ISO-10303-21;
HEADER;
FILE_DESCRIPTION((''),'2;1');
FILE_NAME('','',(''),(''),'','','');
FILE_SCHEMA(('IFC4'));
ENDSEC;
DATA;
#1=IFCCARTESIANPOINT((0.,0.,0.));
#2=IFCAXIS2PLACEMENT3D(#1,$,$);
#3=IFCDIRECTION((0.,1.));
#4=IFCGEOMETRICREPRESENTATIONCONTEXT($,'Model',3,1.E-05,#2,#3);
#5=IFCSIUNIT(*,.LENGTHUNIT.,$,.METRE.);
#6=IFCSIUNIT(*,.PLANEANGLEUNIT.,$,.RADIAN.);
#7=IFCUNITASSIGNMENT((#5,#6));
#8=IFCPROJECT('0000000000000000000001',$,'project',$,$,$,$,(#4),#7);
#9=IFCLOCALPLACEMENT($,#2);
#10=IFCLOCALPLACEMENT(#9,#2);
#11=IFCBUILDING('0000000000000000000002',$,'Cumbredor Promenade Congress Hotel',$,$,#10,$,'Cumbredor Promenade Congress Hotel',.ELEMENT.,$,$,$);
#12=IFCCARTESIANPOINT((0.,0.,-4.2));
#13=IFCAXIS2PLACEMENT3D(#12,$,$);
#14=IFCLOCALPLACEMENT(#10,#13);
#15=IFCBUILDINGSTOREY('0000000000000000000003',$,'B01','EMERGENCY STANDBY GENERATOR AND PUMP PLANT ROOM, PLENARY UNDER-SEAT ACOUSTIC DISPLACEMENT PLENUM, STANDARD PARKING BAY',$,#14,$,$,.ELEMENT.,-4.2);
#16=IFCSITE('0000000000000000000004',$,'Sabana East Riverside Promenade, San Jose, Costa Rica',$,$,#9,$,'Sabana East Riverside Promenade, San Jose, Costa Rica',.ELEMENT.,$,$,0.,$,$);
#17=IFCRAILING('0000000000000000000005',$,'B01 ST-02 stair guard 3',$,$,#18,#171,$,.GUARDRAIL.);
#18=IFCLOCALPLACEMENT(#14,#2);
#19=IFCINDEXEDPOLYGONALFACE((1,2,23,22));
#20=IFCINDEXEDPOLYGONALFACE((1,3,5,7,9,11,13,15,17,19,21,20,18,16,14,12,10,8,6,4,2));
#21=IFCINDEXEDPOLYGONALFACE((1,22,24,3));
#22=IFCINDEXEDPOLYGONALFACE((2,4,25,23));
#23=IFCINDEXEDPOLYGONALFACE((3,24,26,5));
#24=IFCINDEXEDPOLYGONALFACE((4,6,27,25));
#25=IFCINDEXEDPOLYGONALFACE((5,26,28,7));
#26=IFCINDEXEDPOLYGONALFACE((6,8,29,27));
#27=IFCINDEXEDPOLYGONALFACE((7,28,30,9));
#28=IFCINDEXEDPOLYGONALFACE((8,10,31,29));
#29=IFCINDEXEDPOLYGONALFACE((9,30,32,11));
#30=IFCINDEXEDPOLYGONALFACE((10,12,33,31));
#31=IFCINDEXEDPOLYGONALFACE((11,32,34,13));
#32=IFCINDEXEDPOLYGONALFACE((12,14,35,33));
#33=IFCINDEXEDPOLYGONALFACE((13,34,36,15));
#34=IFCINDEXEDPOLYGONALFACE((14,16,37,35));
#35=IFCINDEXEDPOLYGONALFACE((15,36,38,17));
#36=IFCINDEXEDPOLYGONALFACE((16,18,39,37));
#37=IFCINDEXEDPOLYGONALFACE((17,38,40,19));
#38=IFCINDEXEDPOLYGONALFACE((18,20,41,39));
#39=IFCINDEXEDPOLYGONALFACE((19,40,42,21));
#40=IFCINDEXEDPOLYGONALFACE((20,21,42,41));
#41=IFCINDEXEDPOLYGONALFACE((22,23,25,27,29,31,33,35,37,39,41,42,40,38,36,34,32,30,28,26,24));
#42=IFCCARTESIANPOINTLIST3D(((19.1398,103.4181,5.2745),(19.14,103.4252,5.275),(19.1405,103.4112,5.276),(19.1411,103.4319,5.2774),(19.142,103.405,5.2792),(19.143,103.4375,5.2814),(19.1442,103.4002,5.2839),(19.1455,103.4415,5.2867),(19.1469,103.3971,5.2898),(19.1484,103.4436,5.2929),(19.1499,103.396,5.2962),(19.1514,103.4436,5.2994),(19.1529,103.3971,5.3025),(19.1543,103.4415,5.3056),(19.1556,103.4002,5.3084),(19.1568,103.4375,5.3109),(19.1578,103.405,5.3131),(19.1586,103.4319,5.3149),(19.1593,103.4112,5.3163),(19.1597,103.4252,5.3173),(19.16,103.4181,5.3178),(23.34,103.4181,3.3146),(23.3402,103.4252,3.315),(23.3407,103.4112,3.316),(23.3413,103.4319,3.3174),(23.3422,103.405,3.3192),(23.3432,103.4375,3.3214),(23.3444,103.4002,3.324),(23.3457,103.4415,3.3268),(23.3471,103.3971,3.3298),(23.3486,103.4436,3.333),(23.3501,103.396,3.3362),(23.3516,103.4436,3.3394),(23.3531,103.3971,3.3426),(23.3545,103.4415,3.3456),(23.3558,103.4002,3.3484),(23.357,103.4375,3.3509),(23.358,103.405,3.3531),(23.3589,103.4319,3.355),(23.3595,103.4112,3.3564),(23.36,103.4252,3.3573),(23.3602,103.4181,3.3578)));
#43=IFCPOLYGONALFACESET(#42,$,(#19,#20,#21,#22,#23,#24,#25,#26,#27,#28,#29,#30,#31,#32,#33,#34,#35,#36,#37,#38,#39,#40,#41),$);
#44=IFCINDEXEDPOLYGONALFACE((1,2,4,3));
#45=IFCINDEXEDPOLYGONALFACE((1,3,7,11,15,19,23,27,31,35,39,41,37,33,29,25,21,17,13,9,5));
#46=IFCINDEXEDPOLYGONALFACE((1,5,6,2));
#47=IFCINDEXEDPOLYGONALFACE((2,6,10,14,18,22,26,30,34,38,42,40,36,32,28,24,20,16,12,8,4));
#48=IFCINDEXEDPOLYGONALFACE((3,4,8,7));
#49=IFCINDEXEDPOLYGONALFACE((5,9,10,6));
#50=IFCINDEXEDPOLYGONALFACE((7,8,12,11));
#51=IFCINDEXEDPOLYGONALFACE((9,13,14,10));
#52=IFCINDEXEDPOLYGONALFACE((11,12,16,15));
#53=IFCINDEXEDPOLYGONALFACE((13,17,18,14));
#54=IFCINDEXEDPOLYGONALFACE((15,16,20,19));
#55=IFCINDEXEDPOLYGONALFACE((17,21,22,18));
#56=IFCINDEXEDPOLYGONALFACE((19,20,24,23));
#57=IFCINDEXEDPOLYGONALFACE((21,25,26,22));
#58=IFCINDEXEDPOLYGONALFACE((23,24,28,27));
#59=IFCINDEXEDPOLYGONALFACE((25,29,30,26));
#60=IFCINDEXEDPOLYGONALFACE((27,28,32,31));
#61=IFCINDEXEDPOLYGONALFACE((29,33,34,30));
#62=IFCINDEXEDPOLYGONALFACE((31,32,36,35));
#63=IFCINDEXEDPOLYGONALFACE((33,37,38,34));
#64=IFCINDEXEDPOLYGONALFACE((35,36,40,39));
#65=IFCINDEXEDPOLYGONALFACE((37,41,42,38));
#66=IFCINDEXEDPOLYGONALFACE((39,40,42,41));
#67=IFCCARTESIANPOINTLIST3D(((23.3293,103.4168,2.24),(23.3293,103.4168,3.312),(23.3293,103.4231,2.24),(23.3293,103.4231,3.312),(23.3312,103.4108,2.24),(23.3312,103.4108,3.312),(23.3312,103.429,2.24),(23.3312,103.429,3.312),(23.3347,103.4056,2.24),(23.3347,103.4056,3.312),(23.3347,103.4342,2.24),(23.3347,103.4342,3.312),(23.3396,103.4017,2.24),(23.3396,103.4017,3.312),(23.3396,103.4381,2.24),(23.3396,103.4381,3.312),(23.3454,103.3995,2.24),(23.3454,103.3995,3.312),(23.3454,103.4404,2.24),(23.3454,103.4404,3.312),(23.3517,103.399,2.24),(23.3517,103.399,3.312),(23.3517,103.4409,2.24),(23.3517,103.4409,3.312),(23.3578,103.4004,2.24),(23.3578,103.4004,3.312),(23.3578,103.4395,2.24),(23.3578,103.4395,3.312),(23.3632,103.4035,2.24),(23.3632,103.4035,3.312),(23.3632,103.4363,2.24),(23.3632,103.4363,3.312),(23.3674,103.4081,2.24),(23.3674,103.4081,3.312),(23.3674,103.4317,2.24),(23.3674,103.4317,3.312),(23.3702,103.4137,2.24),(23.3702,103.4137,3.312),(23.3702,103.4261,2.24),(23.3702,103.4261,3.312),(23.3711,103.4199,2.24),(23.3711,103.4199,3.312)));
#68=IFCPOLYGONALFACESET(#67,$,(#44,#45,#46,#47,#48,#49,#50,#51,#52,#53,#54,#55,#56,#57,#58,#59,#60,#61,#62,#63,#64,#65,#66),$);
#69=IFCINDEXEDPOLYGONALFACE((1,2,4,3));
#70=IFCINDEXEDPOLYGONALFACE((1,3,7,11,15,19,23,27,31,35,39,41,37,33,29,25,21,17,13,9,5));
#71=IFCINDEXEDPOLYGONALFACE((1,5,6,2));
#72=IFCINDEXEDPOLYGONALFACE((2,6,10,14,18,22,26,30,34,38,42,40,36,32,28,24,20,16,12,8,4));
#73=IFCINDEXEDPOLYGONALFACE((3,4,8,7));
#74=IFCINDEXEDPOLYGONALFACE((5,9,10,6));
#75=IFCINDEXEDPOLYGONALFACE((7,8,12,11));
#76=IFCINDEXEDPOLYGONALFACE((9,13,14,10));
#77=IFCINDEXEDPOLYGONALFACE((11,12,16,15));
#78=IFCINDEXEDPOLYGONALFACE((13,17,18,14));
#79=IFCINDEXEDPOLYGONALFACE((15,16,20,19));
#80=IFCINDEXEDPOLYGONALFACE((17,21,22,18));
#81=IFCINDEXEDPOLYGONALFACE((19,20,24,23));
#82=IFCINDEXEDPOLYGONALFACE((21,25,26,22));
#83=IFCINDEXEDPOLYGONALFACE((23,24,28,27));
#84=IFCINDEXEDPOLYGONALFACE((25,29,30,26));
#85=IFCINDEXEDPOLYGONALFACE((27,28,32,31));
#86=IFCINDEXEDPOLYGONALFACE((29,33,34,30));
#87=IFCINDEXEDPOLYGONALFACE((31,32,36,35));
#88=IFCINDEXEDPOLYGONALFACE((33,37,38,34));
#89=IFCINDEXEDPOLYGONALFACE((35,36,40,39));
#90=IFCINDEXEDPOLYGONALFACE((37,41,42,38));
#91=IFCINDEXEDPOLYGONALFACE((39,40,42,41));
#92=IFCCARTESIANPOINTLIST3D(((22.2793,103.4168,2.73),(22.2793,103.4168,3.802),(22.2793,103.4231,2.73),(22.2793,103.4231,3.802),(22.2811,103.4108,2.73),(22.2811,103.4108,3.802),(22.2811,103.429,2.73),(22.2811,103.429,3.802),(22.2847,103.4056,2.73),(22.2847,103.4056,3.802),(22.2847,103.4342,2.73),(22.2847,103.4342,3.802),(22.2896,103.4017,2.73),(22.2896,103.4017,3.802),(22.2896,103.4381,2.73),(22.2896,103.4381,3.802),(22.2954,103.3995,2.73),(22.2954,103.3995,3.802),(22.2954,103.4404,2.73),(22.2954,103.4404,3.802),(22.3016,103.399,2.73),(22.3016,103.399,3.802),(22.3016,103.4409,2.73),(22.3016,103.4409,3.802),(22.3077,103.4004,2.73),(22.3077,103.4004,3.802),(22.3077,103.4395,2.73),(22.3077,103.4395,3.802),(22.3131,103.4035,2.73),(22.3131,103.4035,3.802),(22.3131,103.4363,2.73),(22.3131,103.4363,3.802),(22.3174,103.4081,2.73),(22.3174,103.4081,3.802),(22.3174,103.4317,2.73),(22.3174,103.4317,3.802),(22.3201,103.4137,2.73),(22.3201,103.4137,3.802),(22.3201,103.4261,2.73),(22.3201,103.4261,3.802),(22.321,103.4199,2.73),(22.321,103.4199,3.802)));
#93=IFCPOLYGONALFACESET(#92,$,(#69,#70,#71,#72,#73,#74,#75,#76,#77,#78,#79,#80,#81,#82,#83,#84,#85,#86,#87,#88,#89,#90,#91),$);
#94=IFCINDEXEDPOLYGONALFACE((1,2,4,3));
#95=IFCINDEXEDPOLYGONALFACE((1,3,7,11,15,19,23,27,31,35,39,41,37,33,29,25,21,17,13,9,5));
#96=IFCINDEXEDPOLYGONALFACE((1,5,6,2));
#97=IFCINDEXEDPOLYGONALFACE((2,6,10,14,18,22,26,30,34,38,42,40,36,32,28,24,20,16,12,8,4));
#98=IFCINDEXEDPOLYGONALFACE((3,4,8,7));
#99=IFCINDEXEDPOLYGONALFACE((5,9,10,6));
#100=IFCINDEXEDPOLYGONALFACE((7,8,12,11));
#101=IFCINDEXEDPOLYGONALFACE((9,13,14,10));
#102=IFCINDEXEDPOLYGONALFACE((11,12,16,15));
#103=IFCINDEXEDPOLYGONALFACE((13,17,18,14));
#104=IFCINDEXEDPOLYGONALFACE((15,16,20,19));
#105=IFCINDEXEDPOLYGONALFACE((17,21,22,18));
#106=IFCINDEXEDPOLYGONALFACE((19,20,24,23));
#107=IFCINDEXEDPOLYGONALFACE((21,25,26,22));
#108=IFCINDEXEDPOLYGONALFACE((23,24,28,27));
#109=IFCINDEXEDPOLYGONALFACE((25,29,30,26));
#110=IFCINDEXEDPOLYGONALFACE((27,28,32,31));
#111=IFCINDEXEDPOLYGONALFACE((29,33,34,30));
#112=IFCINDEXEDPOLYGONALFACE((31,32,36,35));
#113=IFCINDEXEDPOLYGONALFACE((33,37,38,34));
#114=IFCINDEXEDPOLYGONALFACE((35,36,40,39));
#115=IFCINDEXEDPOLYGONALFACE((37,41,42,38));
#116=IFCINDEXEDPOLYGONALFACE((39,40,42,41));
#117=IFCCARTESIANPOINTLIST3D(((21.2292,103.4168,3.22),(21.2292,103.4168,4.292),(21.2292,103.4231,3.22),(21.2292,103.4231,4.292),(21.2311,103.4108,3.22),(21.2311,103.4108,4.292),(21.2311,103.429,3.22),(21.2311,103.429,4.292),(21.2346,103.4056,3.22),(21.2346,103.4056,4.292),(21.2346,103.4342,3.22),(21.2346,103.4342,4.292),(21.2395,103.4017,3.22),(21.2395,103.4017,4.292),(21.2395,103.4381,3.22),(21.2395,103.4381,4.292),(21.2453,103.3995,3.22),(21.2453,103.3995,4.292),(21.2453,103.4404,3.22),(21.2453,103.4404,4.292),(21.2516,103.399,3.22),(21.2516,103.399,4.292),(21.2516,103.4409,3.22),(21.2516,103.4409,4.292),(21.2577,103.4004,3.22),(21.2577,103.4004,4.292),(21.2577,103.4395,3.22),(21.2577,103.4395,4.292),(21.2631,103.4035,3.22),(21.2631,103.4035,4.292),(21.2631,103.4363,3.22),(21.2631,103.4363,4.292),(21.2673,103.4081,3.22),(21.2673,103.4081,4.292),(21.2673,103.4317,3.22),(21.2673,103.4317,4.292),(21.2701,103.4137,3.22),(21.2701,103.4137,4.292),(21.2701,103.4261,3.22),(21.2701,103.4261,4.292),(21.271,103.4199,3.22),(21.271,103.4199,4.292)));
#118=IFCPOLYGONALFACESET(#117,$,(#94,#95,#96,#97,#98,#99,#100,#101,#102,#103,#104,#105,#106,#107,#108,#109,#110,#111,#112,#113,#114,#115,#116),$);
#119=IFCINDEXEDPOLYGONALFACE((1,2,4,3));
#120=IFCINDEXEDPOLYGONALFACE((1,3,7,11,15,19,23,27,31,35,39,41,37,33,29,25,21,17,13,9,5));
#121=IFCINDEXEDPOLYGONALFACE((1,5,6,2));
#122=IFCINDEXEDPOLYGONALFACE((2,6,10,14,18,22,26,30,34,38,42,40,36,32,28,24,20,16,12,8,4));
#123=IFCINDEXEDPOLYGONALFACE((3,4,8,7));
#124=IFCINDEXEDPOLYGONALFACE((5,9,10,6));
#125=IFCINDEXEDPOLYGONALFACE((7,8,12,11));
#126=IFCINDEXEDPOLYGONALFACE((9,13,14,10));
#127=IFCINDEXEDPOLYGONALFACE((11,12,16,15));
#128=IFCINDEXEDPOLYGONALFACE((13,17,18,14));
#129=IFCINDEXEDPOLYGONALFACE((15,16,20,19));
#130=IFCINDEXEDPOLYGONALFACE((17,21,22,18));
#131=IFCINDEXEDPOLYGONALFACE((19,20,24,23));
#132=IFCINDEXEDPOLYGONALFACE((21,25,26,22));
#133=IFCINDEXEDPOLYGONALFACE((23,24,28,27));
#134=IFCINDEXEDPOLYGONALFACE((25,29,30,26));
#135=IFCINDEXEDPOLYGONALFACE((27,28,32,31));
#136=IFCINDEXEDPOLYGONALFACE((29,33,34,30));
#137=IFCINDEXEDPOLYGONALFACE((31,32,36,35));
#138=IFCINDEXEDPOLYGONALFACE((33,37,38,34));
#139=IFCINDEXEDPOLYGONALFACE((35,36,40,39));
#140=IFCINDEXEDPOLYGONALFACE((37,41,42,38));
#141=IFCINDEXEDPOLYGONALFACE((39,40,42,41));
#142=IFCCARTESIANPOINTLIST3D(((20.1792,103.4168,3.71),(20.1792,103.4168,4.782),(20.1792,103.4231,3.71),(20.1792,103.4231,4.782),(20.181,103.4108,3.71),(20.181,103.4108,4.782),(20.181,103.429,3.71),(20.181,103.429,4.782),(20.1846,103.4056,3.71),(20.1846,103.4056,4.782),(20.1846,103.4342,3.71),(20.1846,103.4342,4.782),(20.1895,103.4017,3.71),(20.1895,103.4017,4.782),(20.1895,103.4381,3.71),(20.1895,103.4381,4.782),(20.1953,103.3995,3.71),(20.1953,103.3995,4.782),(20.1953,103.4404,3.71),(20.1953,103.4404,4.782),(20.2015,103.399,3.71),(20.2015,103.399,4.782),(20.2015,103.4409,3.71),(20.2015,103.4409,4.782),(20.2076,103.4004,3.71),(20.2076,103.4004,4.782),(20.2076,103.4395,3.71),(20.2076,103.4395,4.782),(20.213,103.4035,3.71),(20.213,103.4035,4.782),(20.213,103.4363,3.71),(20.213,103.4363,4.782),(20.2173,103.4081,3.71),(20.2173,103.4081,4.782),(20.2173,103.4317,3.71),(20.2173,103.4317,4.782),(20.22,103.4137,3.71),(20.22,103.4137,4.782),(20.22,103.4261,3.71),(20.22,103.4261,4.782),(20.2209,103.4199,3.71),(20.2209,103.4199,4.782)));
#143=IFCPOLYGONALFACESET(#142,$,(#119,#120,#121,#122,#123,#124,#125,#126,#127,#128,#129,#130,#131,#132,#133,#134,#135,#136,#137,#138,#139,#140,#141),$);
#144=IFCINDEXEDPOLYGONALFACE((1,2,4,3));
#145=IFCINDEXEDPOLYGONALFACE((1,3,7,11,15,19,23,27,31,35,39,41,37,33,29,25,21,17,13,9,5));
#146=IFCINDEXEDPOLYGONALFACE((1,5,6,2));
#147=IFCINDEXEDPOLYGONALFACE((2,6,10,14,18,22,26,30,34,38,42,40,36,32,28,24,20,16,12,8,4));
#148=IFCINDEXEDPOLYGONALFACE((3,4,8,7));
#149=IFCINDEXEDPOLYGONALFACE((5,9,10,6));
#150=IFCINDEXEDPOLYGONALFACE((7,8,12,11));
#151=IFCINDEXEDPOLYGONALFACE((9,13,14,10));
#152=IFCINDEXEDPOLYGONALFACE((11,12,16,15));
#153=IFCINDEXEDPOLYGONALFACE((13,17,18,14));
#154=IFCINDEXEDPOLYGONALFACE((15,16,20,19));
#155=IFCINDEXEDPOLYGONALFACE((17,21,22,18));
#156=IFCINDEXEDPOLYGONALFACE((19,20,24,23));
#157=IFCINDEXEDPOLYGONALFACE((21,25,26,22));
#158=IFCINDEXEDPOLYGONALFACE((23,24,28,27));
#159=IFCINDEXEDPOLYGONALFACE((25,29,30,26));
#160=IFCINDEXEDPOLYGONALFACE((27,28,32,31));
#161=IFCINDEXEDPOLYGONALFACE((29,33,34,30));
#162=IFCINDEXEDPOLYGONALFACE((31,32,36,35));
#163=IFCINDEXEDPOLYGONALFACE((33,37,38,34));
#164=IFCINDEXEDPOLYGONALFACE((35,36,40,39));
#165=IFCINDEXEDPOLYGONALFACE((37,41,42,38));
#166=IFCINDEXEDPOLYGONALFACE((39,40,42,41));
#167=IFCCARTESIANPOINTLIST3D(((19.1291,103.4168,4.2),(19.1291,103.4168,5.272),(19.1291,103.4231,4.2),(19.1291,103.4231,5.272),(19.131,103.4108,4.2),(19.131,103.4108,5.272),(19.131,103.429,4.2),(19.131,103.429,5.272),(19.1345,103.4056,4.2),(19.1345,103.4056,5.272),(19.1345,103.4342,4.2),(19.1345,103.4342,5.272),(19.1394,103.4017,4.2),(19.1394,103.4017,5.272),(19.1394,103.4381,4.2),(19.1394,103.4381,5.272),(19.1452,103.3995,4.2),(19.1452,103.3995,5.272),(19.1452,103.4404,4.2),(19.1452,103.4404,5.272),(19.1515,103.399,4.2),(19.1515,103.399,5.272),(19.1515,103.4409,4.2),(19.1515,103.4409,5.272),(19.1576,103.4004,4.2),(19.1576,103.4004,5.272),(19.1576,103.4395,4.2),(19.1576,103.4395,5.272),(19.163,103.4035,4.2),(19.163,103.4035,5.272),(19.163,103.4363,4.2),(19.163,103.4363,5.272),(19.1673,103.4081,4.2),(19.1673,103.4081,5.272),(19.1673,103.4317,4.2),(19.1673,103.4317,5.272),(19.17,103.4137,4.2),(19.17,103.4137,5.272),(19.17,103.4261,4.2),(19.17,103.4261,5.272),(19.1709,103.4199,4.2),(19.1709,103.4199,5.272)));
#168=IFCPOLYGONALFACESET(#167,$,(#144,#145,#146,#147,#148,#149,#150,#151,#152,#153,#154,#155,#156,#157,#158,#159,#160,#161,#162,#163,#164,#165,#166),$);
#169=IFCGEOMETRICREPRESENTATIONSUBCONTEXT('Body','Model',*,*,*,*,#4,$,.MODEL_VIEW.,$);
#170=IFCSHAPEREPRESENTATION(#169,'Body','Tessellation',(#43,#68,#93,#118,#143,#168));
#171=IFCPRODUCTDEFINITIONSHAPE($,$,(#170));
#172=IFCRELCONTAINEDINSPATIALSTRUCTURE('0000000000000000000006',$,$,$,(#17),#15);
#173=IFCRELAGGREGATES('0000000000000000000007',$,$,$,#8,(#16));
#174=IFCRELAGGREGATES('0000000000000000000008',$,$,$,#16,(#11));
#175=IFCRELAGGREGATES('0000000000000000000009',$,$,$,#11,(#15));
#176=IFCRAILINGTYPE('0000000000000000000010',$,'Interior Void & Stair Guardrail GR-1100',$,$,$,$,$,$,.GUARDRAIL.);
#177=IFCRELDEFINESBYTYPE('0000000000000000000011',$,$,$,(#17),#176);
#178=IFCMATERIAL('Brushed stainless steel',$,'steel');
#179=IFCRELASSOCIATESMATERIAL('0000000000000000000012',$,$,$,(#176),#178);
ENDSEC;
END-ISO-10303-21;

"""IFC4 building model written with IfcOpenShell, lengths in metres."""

from ifc_helpers import new_model, si_unit, direction, frame, origin, origin_2d, place, context, subcontext, project, spatial, circle, extrude, material, type_object, element, save


model = new_model("IFC4")

# Units and contexts
model_context = context("Model", 3, precision=1e-05, world=origin(), true_north=direction((0.0, 1.0)))
body_context = subcontext(model_context, "Body", "Model", "MODEL_VIEW")
ifc_project = project(units=[si_unit("LENGTHUNIT", "METRE"), si_unit("PLANEANGLEUNIT", "RADIAN")], contexts=[model_context])

# Site, building, storey
site_placement = place(None, origin())
site = spatial("IfcSite", under=ifc_project, at=site_placement, Name="Sabana East Riverside Promenade, San Jose, Costa Rica", LongName="Sabana East Riverside Promenade, San Jose, Costa Rica", CompositionType="ELEMENT", RefElevation=0.0)
building_placement = place(site_placement, origin())
building = spatial("IfcBuilding", under=site, at=building_placement, Name="Cumbredor Promenade Congress Hotel", LongName="Cumbredor Promenade Congress Hotel", CompositionType="ELEMENT")
storey_placement = place(building_placement, frame((0.0, 0.0, -4.2)))
storey = spatial("IfcBuildingStorey", under=building, at=storey_placement, Name="B01", Description="EMERGENCY STANDBY GENERATOR AND PUMP PLANT ROOM, PLENARY UNDER-SEAT ACOUSTIC DISPLACEMENT PLENUM, STANDARD PARKING BAY", CompositionType="ELEMENT", Elevation=-4.2)

# Railing
ifc_material_1 = material(Name="Brushed stainless steel", Category="steel")
railing_type_1 = type_object("IfcRailingType", Name="Interior Void & Stair Guardrail GR-1100", PredefinedType="GUARDRAIL", material=ifc_material_1)
railing_1_placement = place(storey_placement, frame((23.3501, 103.4199, 2.24)))
element("IfcRailing", 1, at=railing_1_placement, inside=storey, type_object=railing_type_1, Name="B01 ST-02 stair guard 3", PredefinedType="GUARDRAIL", context=body_context, shape_type="SweptSolid", body=[
    extrude(circle(Radius=0.0239, at=origin_2d()), frame((0.0, 0.0, 1.0962), z_axis=(-0.906194, 0.0, 0.422862), x_axis=(0.0, -1.0, 0.0)), (0.0, 0.0, 1.0), 4.635),
    extrude(circle(Radius=0.021, at=origin_2d()), origin(), (0.0, 0.0, 1.0), 1.072),
    extrude(circle(Radius=0.021, at=origin_2d()), frame((-1.05, 0.0, 0.49)), (0.0, 0.0, 1.0), 1.072),
    extrude(circle(Radius=0.021, at=origin_2d()), frame((-2.1001, 0.0, 0.98)), (0.0, 0.0, 1.0), 1.072),
    extrude(circle(Radius=0.021, at=origin_2d()), frame((-3.1501, 0.0, 1.47)), (0.0, 0.0, 1.0), 1.072),
    extrude(circle(Radius=0.021, at=origin_2d()), frame((-4.2002, 0.0, 1.96)), (0.0, 0.0, 1.0), 1.072),
])

save(model, "model.ifc")
